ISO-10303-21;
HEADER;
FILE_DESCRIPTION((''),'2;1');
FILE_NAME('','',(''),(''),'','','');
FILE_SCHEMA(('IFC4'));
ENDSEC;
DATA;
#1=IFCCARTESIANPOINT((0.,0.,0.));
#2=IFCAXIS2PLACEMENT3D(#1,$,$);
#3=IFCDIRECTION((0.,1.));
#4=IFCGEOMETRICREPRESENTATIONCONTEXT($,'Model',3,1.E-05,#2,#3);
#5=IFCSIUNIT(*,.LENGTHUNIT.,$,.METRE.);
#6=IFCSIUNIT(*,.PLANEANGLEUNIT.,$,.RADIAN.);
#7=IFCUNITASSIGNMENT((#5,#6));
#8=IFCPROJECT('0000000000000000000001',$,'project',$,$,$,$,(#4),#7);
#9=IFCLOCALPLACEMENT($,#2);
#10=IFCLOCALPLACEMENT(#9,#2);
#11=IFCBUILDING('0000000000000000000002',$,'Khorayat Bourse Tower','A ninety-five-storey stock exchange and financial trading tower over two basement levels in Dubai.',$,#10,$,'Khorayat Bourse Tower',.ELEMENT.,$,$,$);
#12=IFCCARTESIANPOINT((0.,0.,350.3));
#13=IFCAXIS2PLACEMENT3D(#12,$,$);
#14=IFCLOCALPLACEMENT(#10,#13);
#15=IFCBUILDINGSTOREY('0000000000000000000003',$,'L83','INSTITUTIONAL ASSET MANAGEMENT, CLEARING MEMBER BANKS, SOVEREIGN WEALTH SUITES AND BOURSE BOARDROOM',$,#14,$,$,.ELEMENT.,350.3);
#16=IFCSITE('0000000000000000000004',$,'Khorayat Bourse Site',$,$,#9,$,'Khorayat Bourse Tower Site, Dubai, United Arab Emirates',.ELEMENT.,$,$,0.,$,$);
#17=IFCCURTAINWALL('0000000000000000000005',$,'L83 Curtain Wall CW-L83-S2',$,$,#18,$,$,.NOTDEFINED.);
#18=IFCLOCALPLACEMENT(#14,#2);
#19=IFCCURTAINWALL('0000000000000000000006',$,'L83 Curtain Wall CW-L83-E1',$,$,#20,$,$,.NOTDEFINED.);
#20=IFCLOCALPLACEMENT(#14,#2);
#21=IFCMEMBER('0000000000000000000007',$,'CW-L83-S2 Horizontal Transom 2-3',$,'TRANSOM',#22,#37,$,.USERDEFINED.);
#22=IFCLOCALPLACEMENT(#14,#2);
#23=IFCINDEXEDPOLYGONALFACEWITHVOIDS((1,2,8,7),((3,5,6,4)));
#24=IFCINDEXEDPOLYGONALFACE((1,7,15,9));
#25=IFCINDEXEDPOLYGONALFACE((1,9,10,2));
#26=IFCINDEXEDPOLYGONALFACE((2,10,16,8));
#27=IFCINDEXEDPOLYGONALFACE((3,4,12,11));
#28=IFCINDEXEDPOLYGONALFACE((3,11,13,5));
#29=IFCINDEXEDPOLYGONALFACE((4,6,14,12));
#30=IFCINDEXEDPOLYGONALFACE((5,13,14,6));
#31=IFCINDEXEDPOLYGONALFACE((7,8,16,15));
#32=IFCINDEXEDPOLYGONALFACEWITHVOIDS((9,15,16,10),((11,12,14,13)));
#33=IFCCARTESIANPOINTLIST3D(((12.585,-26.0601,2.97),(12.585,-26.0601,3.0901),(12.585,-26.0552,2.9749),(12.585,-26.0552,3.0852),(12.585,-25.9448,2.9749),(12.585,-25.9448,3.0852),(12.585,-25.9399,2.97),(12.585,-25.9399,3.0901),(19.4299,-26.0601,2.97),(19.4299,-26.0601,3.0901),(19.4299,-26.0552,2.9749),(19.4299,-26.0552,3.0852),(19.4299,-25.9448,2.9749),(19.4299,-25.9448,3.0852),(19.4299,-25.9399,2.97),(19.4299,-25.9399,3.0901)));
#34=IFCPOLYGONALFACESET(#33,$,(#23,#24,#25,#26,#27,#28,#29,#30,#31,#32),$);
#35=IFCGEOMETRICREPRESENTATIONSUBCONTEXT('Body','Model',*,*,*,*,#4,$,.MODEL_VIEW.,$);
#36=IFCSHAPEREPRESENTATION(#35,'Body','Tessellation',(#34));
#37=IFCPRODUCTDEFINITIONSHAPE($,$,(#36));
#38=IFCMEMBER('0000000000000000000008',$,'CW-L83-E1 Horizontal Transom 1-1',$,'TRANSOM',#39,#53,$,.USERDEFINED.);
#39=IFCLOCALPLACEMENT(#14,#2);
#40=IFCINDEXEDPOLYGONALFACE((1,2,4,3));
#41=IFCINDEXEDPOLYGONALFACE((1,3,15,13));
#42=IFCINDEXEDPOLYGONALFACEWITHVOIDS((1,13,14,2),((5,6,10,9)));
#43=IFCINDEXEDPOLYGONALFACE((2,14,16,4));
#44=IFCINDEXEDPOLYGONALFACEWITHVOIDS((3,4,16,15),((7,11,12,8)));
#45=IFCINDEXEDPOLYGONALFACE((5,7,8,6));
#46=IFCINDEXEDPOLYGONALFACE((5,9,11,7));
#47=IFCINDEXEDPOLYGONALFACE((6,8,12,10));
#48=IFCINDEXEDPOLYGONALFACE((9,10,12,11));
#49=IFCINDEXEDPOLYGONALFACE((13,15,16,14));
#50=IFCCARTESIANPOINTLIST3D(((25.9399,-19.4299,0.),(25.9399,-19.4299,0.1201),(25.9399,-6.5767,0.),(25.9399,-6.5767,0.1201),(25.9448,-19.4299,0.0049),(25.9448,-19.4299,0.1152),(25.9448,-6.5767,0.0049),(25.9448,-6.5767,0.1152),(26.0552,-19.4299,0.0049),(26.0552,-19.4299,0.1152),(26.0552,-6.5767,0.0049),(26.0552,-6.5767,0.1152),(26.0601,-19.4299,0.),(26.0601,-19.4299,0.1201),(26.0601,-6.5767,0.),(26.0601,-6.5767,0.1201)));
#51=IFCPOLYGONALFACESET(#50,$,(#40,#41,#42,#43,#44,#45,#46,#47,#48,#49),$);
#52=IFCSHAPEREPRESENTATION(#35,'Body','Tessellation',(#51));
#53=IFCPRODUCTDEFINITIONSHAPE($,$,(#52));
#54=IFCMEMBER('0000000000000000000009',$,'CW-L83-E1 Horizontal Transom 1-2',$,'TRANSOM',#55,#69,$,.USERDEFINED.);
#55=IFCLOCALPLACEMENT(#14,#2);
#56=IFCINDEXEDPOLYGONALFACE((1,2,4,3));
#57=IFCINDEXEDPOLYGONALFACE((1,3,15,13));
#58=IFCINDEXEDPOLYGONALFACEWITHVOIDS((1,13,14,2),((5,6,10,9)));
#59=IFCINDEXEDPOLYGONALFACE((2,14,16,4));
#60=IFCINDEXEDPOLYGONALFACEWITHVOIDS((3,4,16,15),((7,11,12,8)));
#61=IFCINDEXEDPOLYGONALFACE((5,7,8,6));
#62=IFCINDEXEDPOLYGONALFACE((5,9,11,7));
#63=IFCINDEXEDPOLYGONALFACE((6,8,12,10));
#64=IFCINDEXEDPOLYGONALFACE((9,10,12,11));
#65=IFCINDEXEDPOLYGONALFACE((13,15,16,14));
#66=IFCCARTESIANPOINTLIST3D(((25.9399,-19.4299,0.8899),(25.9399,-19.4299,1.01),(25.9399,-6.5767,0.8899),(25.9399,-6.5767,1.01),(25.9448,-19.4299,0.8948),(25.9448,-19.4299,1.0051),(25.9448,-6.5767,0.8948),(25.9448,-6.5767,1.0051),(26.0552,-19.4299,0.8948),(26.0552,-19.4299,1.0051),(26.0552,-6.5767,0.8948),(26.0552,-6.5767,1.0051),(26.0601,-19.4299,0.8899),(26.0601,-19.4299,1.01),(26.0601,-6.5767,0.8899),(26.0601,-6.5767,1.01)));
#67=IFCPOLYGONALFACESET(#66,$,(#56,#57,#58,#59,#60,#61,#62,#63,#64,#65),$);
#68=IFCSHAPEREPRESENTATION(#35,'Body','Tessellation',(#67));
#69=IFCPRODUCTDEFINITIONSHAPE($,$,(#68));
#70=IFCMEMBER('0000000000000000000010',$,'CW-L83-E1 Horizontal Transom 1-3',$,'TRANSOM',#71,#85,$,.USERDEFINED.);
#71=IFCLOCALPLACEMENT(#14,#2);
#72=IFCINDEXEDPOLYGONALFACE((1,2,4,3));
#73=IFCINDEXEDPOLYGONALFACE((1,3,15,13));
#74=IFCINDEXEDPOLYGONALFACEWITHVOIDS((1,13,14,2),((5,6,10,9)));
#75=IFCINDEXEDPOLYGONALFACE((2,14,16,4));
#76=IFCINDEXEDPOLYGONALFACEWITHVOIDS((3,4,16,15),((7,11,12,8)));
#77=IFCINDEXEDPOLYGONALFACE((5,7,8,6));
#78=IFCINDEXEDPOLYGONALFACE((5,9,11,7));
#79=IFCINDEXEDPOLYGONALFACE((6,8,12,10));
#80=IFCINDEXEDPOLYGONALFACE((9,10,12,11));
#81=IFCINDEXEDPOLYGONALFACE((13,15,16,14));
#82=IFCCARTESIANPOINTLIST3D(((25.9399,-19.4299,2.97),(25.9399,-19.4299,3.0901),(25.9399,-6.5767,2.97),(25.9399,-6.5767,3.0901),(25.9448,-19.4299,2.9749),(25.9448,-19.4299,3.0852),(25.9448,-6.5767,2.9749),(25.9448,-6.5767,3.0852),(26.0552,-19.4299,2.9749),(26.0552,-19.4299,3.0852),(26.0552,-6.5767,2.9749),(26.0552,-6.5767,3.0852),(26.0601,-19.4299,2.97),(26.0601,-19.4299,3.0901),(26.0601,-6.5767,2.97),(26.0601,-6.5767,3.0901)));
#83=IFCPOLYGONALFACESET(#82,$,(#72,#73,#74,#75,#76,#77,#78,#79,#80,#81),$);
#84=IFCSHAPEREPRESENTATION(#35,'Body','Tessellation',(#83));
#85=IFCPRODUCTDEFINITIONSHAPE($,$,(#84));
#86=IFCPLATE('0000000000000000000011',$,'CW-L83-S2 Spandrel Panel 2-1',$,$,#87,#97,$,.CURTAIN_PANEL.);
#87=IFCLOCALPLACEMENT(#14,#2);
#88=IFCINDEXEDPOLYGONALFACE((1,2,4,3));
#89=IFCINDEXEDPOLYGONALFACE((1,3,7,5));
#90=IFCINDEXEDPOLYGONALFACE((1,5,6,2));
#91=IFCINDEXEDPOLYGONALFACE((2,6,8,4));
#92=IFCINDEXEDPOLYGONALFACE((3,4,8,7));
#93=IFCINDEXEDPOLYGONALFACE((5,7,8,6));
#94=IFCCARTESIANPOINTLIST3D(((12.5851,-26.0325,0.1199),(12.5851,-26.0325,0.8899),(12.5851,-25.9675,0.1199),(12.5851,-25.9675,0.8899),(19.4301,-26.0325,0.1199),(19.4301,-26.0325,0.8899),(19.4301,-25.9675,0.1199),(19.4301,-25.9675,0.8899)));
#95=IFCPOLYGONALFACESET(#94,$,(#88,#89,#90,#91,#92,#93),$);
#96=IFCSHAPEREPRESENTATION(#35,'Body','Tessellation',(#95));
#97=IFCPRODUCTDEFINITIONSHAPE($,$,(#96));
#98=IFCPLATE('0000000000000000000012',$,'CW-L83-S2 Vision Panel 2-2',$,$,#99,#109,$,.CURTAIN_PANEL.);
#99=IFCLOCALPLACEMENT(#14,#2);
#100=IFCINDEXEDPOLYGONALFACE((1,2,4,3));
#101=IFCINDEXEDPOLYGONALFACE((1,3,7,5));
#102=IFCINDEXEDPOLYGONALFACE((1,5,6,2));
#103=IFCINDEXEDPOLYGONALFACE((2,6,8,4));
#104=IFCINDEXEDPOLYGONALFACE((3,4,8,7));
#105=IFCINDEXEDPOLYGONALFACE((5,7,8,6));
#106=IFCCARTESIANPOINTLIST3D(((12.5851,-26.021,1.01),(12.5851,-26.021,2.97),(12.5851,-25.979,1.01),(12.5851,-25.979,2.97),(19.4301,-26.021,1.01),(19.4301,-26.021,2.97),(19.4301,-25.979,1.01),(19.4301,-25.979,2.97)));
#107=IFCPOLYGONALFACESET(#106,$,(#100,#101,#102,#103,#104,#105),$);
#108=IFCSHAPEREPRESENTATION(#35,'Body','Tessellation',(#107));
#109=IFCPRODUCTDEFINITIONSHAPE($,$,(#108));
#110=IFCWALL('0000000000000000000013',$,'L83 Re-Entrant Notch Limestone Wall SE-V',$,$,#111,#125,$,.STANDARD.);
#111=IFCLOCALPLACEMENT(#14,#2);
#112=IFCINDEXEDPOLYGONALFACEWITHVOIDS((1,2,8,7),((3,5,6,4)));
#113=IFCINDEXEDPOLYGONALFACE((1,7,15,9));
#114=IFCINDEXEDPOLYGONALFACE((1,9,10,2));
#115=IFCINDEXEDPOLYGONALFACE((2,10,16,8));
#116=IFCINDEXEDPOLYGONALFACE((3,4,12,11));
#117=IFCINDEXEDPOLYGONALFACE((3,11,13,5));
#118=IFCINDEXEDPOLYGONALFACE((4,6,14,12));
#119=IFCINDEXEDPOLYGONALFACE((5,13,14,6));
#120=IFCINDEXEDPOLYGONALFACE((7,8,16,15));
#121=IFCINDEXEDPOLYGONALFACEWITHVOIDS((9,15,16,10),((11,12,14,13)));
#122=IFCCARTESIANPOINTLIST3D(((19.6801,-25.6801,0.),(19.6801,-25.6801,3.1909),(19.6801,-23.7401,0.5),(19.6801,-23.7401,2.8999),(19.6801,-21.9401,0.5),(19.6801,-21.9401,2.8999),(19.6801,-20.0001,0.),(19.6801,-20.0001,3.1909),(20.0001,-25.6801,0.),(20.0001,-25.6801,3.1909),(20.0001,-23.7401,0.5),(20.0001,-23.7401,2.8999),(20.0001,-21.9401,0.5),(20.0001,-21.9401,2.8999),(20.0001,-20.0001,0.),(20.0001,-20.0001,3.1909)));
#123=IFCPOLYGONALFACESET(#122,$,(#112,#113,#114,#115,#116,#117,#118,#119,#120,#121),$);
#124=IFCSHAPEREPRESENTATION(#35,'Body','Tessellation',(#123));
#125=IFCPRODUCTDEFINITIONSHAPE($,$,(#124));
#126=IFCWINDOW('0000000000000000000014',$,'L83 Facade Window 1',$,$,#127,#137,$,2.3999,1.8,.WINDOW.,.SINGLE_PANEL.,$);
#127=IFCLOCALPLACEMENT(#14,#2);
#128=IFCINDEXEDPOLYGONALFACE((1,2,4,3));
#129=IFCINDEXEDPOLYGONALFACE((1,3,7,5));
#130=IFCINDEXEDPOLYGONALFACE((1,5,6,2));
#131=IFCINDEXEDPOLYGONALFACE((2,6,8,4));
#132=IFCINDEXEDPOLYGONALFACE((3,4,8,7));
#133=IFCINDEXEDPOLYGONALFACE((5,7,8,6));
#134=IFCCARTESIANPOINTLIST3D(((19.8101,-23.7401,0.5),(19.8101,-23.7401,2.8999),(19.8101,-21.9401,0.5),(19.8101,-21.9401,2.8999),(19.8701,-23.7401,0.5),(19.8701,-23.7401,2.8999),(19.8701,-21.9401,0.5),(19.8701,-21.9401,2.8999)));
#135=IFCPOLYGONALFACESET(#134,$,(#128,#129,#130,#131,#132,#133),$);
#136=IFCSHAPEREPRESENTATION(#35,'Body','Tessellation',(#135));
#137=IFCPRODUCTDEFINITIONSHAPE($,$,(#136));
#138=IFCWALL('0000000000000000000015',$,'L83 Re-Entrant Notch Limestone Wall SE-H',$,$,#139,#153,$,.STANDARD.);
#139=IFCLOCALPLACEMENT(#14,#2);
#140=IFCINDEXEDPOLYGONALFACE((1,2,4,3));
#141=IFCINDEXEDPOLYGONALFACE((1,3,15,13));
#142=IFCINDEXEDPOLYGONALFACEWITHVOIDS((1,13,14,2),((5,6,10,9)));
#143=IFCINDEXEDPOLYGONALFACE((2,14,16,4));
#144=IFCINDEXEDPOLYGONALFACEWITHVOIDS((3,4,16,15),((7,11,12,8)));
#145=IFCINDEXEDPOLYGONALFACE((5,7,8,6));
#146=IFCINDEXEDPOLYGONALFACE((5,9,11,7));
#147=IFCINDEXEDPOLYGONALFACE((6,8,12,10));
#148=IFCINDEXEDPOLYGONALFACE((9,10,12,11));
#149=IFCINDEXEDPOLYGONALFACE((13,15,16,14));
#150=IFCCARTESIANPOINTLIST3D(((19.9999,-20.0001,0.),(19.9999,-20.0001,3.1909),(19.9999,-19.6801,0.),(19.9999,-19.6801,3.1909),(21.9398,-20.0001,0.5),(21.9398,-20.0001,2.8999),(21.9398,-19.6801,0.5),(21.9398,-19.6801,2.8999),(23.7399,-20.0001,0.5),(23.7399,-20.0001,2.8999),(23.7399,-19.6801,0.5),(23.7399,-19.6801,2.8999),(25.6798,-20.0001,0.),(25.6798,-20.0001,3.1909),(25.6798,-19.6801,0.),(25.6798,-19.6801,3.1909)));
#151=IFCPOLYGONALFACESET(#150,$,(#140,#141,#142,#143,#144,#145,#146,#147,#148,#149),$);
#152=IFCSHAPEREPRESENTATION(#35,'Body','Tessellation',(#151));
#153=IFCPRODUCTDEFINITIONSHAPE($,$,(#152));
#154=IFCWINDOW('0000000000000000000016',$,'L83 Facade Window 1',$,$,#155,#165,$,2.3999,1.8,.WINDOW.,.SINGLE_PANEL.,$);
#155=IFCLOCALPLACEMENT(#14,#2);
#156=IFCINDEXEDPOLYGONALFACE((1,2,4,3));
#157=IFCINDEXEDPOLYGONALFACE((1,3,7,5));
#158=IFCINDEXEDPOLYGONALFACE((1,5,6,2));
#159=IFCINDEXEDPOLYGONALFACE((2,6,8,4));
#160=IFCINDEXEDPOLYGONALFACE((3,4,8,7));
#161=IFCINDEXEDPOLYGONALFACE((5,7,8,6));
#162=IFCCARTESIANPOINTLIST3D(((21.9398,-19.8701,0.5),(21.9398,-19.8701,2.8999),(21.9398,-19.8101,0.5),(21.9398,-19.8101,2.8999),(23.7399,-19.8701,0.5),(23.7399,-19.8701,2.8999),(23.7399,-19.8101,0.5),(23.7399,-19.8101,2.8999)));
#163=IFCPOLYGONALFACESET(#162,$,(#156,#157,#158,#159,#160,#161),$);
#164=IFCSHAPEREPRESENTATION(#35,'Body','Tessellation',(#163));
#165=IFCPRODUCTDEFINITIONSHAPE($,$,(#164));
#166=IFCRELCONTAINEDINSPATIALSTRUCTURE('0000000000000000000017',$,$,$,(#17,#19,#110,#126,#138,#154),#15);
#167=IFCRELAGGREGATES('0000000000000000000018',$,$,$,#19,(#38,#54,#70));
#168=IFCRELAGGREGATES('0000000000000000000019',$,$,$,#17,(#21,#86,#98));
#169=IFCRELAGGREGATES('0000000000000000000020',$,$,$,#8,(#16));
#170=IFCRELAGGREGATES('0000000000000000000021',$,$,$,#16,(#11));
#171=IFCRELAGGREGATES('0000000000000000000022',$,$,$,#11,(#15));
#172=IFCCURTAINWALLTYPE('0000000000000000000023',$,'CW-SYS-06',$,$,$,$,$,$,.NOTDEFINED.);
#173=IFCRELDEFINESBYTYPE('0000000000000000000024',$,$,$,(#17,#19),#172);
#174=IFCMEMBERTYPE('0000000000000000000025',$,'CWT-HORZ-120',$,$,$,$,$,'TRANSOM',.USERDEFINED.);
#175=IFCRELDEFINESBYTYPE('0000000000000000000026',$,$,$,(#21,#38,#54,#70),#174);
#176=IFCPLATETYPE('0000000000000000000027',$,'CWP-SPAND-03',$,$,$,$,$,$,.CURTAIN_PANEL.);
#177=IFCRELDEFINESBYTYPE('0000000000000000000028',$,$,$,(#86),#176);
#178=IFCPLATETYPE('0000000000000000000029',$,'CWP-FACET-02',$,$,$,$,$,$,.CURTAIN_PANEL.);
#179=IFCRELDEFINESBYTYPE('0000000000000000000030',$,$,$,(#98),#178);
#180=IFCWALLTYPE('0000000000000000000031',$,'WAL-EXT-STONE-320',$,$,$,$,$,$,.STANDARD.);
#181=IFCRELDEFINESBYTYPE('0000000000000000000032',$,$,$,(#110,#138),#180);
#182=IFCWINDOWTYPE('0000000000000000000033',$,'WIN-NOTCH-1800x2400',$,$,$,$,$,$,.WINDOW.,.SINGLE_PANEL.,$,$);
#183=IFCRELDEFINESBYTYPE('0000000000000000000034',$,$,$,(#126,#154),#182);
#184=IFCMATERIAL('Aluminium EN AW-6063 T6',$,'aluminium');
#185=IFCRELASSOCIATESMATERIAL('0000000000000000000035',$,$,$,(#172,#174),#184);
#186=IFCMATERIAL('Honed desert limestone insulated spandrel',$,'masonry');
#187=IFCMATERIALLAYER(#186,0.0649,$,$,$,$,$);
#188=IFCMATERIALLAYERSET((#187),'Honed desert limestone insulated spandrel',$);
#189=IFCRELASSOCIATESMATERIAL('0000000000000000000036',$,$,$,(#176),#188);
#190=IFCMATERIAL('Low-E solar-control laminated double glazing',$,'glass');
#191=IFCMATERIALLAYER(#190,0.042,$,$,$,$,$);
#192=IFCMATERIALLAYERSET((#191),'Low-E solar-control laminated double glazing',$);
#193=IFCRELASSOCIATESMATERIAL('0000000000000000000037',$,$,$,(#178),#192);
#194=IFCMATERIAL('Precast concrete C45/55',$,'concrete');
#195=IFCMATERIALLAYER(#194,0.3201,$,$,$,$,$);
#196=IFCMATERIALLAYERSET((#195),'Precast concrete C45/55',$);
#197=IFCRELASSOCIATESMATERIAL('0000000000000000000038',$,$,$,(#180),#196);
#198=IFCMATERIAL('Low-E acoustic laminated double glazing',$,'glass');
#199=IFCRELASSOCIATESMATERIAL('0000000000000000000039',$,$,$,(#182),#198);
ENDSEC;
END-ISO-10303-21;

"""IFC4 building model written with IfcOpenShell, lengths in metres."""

from ifc_helpers import new_model, si_unit, direction, frame, frame_2d, origin, origin_2d, place, context, subcontext, project, spatial, rectangle, hollow_rectangle, extrude, source, transform, mapped, material, layer, layer_set, material_profile, profile_set, type_object, element, fill, aggregate, save


model = new_model("IFC4")

# Units and contexts
model_context = context("Model", 3, precision=1e-05, world=origin(), true_north=direction((0.0, 1.0)))
body_context = subcontext(model_context, "Body", "Model", "MODEL_VIEW")
ifc_project = project(units=[si_unit("LENGTHUNIT", "METRE"), si_unit("PLANEANGLEUNIT", "RADIAN")], contexts=[model_context])

# Site, building, storey
site_placement = place(None, origin())
site = spatial("IfcSite", under=ifc_project, at=site_placement, Name="Khorayat Bourse Site", LongName="Khorayat Bourse Tower Site, Dubai, United Arab Emirates", CompositionType="ELEMENT", RefElevation=0.0)
building_placement = place(site_placement, origin())
building = spatial("IfcBuilding", under=site, at=building_placement, Name="Khorayat Bourse Tower", Description="A ninety-five-storey stock exchange and financial trading tower over two basement levels in Dubai.", LongName="Khorayat Bourse Tower", CompositionType="ELEMENT")
storey_placement = place(building_placement, frame((0.0, 0.0, 350.3)))
storey = spatial("IfcBuildingStorey", under=building, at=storey_placement, Name="L83", Description="INSTITUTIONAL ASSET MANAGEMENT, CLEARING MEMBER BANKS, SOVEREIGN WEALTH SUITES AND BOURSE BOARDROOM", CompositionType="ELEMENT", Elevation=350.3)

# Curtain wall
ifc_material_1 = material(Name="Aluminium EN AW-6063 T6", Category="aluminium")
curtain_wall_type = type_object("IfcCurtainWallType", Name="CW-SYS-06", PredefinedType="NOTDEFINED", material=ifc_material_1)
curtain_wall_1_placement = place(storey_placement, origin())
curtain_wall_1 = element("IfcCurtainWall", 1, at=curtain_wall_1_placement, inside=storey, type_object=curtain_wall_type, Name="L83 Curtain Wall CW-L83-S2", PredefinedType="NOTDEFINED")

# Curtain wall
curtain_wall_2_placement = place(storey_placement, origin())
curtain_wall_2 = element("IfcCurtainWall", 2, at=curtain_wall_2_placement, inside=storey, type_object=curtain_wall_type, Name="L83 Curtain Wall CW-L83-E1", PredefinedType="NOTDEFINED")

# Members
ifc_material_profile_1 = material_profile(ifc_material_1, hollow_rectangle(XDim=0.1201, YDim=0.1201, WallThickness=0.0049, at=origin_2d()), Name="ALU 120x120x5")
ifc_profile_set_1 = profile_set([ifc_material_profile_1], Name="Aluminium EN AW-6063 T6")
member_type_1 = type_object("IfcMemberType", Name="CWT-HORZ-120", ElementType="TRANSOM", PredefinedType="USERDEFINED", material=ifc_profile_set_1)
shared_shape_1 = source(origin(), body_context, "Body", "SweptSolid", [
    extrude(hollow_rectangle(XDim=0.1201, YDim=0.1201, WallThickness=0.0049, at=origin_2d()), origin(), (0.0, 0.0, 1.0), 6.845),
])
member_1_placement = place(storey_placement, frame((12.585, -26.0, 3.03), z_axis=(1.0, 0.0, 0.0), x_axis=(0.0, 1.0, 0.0)))
member_1 = element("IfcMember", 3, at=member_1_placement, type_object=member_type_1, Name="CW-L83-S2 Horizontal Transom 2-3", ObjectType="TRANSOM", PredefinedType="USERDEFINED", context=body_context, shape_type="MappedRepresentation", body=[
    mapped(shared_shape_1, transform((0.0, 0.0, 0.0), scale=1.0)),
])
shared_shape_2 = source(origin(), body_context, "Body", "SweptSolid", [
    extrude(hollow_rectangle(XDim=0.1201, YDim=0.1201, WallThickness=0.0049, at=origin_2d()), origin(), (0.0, 0.0, 1.0), 12.8533),
])
member_2_placement = place(storey_placement, frame((26.0, -19.4299, 0.0601), z_axis=(0.0, 1.0, 0.0), x_axis=(-1.0, 0.0, 0.0)))
member_2 = element("IfcMember", 4, at=member_2_placement, type_object=member_type_1, Name="CW-L83-E1 Horizontal Transom 1-1", ObjectType="TRANSOM", PredefinedType="USERDEFINED", context=body_context, shape_type="MappedRepresentation", body=[
    mapped(shared_shape_2, transform((0.0, 0.0, 0.0), scale=1.0)),
])
member_3_placement = place(storey_placement, frame((26.0, -19.4299, 0.95), z_axis=(0.0, 1.0, 0.0), x_axis=(-1.0, 0.0, 0.0)))
member_3 = element("IfcMember", 5, at=member_3_placement, type_object=member_type_1, Name="CW-L83-E1 Horizontal Transom 1-2", ObjectType="TRANSOM", PredefinedType="USERDEFINED", context=body_context, shape_type="MappedRepresentation", body=[
    mapped(shared_shape_2, transform((0.0, 0.0, 0.0), scale=1.0)),
])
member_4_placement = place(storey_placement, frame((26.0, -19.4299, 3.03), z_axis=(0.0, 1.0, 0.0), x_axis=(-1.0, 0.0, 0.0)))
member_4 = element("IfcMember", 6, at=member_4_placement, type_object=member_type_1, Name="CW-L83-E1 Horizontal Transom 1-3", ObjectType="TRANSOM", PredefinedType="USERDEFINED", context=body_context, shape_type="MappedRepresentation", body=[
    mapped(shared_shape_2, transform((0.0, 0.0, 0.0), scale=1.0)),
])
aggregate(curtain_wall_2, [member_2, member_3, member_4])

# Plates
ifc_material_2 = material(Name="Honed desert limestone insulated spandrel", Category="masonry")
ifc_layer_1 = layer(ifc_material_2, 0.0649)
ifc_layer_set_1 = layer_set([ifc_layer_1], Name="Honed desert limestone insulated spandrel")
plate_type_1 = type_object("IfcPlateType", Name="CWP-SPAND-03", PredefinedType="CURTAIN_PANEL", material=ifc_layer_set_1)
shared_shape_3 = source(origin(), body_context, "Body", "SweptSolid", [
    extrude(rectangle(XDim=6.845, YDim=0.0649, at=origin_2d()), origin(), (0.0, 0.0, 1.0), 0.77),
])
plate_1_placement = place(storey_placement, frame((16.0076, -26.0, 0.1199), z_axis=(0.0, 0.0, 1.0), x_axis=(1.0, 0.0, 0.0)))
plate_1 = element("IfcPlate", 7, at=plate_1_placement, type_object=plate_type_1, Name="CW-L83-S2 Spandrel Panel 2-1", PredefinedType="CURTAIN_PANEL", context=body_context, shape_type="MappedRepresentation", body=[
    mapped(shared_shape_3, transform((0.0, 0.0, 0.0), scale=1.0)),
])
ifc_material_3 = material(Name="Low-E solar-control laminated double glazing", Category="glass")
ifc_layer_2 = layer(ifc_material_3, 0.042)
ifc_layer_set_2 = layer_set([ifc_layer_2], Name="Low-E solar-control laminated double glazing")
plate_type_2 = type_object("IfcPlateType", Name="CWP-FACET-02", PredefinedType="CURTAIN_PANEL", material=ifc_layer_set_2)
shared_shape_4 = source(origin(), body_context, "Body", "SweptSolid", [
    extrude(rectangle(XDim=6.845, YDim=0.042, at=origin_2d()), origin(), (0.0, 0.0, 1.0), 1.96),
])
plate_2_placement = place(storey_placement, frame((16.0076, -26.0, 1.01), z_axis=(0.0, 0.0, 1.0), x_axis=(1.0, 0.0, 0.0)))
plate_2 = element("IfcPlate", 8, at=plate_2_placement, type_object=plate_type_2, Name="CW-L83-S2 Vision Panel 2-2", PredefinedType="CURTAIN_PANEL", context=body_context, shape_type="MappedRepresentation", body=[
    mapped(shared_shape_4, transform((0.0, 0.0, 0.0), scale=1.0)),
])
aggregate(curtain_wall_1, [member_1, plate_1, plate_2])

# Walls, openings, windows
ifc_material_4 = material(Name="Precast concrete C45/55", Category="concrete")
ifc_layer_3 = layer(ifc_material_4, 0.3201)
ifc_layer_set_3 = layer_set([ifc_layer_3], Name="Precast concrete C45/55")
wall_type_1 = type_object("IfcWallType", Name="WAL-EXT-STONE-320", PredefinedType="STANDARD", material=ifc_layer_set_3)
shared_shape_5 = source(origin(), body_context, "Body", "SweptSolid", [
    extrude(rectangle(XDim=5.6799, YDim=0.3201, at=frame_2d((2.8398, 0.0))), origin(), (0.0, 0.0, 1.0), 3.1909),
])
wall_1_placement = place(storey_placement, frame((19.8401, -25.6799, 0.0), z_axis=(0.0, 0.0, 1.0), x_axis=(0.0, 1.0, 0.0)))
wall_1 = element("IfcWall", 9, at=wall_1_placement, inside=storey, type_object=wall_type_1, Name="L83 Re-Entrant Notch Limestone Wall SE-V", PredefinedType="STANDARD", context=body_context, shape_type="MappedRepresentation", body=[
    mapped(shared_shape_5, transform((0.0, 0.0, 0.0), scale=1.0)),
])
shared_shape_6 = source(origin(), body_context, "Body", "SweptSolid", [
    extrude(rectangle(XDim=1.8, YDim=2.3999, at=frame_2d((0.8999, 1.2))), frame((0.0, 0.1699, 0.0), z_axis=(0.0, -1.0, 0.0), x_axis=(1.0, 0.0, 0.0)), (0.0, 0.0, 1.0), 0.3401),
])
opening_1_placement = place(wall_1_placement, frame((1.9399, 0.0, 0.5)))
opening_1 = element("IfcOpeningElement", 10, at=opening_1_placement, cuts=wall_1, PredefinedType="OPENING", context=body_context, shape_type="MappedRepresentation", body=[
    mapped(shared_shape_6, transform((0.0, 0.0, 0.0), scale=1.0)),
])
ifc_material_5 = material(Name="Low-E acoustic laminated double glazing", Category="glass")
window_type = type_object("IfcWindowType", Name="WIN-NOTCH-1800x2400", PartitioningType="SINGLE_PANEL", PredefinedType="WINDOW", material=ifc_material_5)
shared_shape_7 = source(origin(), body_context, "Body", "SweptSolid", [
    extrude(rectangle(XDim=1.8, YDim=2.3999, at=frame_2d((0.8999, 1.2))), frame((0.0, 0.03, 0.0), z_axis=(0.0, -1.0, 0.0), x_axis=(1.0, 0.0, 0.0)), (0.0, 0.0, 1.0), 0.0601),
])
window_1_placement = place(opening_1_placement, origin())
window_1 = element("IfcWindow", 11, at=window_1_placement, inside=storey, type_object=window_type, Name="L83 Facade Window 1", OverallHeight=2.3999, OverallWidth=1.8, PartitioningType="SINGLE_PANEL", PredefinedType="WINDOW", context=body_context, shape_type="MappedRepresentation", body=[
    mapped(shared_shape_7, transform((0.0, 0.0, 0.0), scale=1.0)),
])
fill(opening_1, window_1)
wall_2_placement = place(storey_placement, frame((20.0, -19.8401, 0.0), z_axis=(0.0, 0.0, 1.0), x_axis=(1.0, 0.0, 0.0)))
wall_2 = element("IfcWall", 12, at=wall_2_placement, inside=storey, type_object=wall_type_1, Name="L83 Re-Entrant Notch Limestone Wall SE-H", PredefinedType="STANDARD", context=body_context, shape_type="MappedRepresentation", body=[
    mapped(shared_shape_5, transform((0.0, 0.0, 0.0), scale=1.0)),
])
opening_2_placement = place(wall_2_placement, frame((1.9399, 0.0, 0.5)))
opening_2 = element("IfcOpeningElement", 13, at=opening_2_placement, cuts=wall_2, PredefinedType="OPENING", context=body_context, shape_type="MappedRepresentation", body=[
    mapped(shared_shape_6, transform((0.0, 0.0, 0.0), scale=1.0)),
])
window_2_placement = place(opening_2_placement, origin())
window_2 = element("IfcWindow", 14, at=window_2_placement, inside=storey, type_object=window_type, Name="L83 Facade Window 1", OverallHeight=2.3999, OverallWidth=1.8, PartitioningType="SINGLE_PANEL", PredefinedType="WINDOW", context=body_context, shape_type="MappedRepresentation", body=[
    mapped(shared_shape_7, transform((0.0, 0.0, 0.0), scale=1.0)),
])
fill(opening_2, window_2)

save(model, "model.ifc")
